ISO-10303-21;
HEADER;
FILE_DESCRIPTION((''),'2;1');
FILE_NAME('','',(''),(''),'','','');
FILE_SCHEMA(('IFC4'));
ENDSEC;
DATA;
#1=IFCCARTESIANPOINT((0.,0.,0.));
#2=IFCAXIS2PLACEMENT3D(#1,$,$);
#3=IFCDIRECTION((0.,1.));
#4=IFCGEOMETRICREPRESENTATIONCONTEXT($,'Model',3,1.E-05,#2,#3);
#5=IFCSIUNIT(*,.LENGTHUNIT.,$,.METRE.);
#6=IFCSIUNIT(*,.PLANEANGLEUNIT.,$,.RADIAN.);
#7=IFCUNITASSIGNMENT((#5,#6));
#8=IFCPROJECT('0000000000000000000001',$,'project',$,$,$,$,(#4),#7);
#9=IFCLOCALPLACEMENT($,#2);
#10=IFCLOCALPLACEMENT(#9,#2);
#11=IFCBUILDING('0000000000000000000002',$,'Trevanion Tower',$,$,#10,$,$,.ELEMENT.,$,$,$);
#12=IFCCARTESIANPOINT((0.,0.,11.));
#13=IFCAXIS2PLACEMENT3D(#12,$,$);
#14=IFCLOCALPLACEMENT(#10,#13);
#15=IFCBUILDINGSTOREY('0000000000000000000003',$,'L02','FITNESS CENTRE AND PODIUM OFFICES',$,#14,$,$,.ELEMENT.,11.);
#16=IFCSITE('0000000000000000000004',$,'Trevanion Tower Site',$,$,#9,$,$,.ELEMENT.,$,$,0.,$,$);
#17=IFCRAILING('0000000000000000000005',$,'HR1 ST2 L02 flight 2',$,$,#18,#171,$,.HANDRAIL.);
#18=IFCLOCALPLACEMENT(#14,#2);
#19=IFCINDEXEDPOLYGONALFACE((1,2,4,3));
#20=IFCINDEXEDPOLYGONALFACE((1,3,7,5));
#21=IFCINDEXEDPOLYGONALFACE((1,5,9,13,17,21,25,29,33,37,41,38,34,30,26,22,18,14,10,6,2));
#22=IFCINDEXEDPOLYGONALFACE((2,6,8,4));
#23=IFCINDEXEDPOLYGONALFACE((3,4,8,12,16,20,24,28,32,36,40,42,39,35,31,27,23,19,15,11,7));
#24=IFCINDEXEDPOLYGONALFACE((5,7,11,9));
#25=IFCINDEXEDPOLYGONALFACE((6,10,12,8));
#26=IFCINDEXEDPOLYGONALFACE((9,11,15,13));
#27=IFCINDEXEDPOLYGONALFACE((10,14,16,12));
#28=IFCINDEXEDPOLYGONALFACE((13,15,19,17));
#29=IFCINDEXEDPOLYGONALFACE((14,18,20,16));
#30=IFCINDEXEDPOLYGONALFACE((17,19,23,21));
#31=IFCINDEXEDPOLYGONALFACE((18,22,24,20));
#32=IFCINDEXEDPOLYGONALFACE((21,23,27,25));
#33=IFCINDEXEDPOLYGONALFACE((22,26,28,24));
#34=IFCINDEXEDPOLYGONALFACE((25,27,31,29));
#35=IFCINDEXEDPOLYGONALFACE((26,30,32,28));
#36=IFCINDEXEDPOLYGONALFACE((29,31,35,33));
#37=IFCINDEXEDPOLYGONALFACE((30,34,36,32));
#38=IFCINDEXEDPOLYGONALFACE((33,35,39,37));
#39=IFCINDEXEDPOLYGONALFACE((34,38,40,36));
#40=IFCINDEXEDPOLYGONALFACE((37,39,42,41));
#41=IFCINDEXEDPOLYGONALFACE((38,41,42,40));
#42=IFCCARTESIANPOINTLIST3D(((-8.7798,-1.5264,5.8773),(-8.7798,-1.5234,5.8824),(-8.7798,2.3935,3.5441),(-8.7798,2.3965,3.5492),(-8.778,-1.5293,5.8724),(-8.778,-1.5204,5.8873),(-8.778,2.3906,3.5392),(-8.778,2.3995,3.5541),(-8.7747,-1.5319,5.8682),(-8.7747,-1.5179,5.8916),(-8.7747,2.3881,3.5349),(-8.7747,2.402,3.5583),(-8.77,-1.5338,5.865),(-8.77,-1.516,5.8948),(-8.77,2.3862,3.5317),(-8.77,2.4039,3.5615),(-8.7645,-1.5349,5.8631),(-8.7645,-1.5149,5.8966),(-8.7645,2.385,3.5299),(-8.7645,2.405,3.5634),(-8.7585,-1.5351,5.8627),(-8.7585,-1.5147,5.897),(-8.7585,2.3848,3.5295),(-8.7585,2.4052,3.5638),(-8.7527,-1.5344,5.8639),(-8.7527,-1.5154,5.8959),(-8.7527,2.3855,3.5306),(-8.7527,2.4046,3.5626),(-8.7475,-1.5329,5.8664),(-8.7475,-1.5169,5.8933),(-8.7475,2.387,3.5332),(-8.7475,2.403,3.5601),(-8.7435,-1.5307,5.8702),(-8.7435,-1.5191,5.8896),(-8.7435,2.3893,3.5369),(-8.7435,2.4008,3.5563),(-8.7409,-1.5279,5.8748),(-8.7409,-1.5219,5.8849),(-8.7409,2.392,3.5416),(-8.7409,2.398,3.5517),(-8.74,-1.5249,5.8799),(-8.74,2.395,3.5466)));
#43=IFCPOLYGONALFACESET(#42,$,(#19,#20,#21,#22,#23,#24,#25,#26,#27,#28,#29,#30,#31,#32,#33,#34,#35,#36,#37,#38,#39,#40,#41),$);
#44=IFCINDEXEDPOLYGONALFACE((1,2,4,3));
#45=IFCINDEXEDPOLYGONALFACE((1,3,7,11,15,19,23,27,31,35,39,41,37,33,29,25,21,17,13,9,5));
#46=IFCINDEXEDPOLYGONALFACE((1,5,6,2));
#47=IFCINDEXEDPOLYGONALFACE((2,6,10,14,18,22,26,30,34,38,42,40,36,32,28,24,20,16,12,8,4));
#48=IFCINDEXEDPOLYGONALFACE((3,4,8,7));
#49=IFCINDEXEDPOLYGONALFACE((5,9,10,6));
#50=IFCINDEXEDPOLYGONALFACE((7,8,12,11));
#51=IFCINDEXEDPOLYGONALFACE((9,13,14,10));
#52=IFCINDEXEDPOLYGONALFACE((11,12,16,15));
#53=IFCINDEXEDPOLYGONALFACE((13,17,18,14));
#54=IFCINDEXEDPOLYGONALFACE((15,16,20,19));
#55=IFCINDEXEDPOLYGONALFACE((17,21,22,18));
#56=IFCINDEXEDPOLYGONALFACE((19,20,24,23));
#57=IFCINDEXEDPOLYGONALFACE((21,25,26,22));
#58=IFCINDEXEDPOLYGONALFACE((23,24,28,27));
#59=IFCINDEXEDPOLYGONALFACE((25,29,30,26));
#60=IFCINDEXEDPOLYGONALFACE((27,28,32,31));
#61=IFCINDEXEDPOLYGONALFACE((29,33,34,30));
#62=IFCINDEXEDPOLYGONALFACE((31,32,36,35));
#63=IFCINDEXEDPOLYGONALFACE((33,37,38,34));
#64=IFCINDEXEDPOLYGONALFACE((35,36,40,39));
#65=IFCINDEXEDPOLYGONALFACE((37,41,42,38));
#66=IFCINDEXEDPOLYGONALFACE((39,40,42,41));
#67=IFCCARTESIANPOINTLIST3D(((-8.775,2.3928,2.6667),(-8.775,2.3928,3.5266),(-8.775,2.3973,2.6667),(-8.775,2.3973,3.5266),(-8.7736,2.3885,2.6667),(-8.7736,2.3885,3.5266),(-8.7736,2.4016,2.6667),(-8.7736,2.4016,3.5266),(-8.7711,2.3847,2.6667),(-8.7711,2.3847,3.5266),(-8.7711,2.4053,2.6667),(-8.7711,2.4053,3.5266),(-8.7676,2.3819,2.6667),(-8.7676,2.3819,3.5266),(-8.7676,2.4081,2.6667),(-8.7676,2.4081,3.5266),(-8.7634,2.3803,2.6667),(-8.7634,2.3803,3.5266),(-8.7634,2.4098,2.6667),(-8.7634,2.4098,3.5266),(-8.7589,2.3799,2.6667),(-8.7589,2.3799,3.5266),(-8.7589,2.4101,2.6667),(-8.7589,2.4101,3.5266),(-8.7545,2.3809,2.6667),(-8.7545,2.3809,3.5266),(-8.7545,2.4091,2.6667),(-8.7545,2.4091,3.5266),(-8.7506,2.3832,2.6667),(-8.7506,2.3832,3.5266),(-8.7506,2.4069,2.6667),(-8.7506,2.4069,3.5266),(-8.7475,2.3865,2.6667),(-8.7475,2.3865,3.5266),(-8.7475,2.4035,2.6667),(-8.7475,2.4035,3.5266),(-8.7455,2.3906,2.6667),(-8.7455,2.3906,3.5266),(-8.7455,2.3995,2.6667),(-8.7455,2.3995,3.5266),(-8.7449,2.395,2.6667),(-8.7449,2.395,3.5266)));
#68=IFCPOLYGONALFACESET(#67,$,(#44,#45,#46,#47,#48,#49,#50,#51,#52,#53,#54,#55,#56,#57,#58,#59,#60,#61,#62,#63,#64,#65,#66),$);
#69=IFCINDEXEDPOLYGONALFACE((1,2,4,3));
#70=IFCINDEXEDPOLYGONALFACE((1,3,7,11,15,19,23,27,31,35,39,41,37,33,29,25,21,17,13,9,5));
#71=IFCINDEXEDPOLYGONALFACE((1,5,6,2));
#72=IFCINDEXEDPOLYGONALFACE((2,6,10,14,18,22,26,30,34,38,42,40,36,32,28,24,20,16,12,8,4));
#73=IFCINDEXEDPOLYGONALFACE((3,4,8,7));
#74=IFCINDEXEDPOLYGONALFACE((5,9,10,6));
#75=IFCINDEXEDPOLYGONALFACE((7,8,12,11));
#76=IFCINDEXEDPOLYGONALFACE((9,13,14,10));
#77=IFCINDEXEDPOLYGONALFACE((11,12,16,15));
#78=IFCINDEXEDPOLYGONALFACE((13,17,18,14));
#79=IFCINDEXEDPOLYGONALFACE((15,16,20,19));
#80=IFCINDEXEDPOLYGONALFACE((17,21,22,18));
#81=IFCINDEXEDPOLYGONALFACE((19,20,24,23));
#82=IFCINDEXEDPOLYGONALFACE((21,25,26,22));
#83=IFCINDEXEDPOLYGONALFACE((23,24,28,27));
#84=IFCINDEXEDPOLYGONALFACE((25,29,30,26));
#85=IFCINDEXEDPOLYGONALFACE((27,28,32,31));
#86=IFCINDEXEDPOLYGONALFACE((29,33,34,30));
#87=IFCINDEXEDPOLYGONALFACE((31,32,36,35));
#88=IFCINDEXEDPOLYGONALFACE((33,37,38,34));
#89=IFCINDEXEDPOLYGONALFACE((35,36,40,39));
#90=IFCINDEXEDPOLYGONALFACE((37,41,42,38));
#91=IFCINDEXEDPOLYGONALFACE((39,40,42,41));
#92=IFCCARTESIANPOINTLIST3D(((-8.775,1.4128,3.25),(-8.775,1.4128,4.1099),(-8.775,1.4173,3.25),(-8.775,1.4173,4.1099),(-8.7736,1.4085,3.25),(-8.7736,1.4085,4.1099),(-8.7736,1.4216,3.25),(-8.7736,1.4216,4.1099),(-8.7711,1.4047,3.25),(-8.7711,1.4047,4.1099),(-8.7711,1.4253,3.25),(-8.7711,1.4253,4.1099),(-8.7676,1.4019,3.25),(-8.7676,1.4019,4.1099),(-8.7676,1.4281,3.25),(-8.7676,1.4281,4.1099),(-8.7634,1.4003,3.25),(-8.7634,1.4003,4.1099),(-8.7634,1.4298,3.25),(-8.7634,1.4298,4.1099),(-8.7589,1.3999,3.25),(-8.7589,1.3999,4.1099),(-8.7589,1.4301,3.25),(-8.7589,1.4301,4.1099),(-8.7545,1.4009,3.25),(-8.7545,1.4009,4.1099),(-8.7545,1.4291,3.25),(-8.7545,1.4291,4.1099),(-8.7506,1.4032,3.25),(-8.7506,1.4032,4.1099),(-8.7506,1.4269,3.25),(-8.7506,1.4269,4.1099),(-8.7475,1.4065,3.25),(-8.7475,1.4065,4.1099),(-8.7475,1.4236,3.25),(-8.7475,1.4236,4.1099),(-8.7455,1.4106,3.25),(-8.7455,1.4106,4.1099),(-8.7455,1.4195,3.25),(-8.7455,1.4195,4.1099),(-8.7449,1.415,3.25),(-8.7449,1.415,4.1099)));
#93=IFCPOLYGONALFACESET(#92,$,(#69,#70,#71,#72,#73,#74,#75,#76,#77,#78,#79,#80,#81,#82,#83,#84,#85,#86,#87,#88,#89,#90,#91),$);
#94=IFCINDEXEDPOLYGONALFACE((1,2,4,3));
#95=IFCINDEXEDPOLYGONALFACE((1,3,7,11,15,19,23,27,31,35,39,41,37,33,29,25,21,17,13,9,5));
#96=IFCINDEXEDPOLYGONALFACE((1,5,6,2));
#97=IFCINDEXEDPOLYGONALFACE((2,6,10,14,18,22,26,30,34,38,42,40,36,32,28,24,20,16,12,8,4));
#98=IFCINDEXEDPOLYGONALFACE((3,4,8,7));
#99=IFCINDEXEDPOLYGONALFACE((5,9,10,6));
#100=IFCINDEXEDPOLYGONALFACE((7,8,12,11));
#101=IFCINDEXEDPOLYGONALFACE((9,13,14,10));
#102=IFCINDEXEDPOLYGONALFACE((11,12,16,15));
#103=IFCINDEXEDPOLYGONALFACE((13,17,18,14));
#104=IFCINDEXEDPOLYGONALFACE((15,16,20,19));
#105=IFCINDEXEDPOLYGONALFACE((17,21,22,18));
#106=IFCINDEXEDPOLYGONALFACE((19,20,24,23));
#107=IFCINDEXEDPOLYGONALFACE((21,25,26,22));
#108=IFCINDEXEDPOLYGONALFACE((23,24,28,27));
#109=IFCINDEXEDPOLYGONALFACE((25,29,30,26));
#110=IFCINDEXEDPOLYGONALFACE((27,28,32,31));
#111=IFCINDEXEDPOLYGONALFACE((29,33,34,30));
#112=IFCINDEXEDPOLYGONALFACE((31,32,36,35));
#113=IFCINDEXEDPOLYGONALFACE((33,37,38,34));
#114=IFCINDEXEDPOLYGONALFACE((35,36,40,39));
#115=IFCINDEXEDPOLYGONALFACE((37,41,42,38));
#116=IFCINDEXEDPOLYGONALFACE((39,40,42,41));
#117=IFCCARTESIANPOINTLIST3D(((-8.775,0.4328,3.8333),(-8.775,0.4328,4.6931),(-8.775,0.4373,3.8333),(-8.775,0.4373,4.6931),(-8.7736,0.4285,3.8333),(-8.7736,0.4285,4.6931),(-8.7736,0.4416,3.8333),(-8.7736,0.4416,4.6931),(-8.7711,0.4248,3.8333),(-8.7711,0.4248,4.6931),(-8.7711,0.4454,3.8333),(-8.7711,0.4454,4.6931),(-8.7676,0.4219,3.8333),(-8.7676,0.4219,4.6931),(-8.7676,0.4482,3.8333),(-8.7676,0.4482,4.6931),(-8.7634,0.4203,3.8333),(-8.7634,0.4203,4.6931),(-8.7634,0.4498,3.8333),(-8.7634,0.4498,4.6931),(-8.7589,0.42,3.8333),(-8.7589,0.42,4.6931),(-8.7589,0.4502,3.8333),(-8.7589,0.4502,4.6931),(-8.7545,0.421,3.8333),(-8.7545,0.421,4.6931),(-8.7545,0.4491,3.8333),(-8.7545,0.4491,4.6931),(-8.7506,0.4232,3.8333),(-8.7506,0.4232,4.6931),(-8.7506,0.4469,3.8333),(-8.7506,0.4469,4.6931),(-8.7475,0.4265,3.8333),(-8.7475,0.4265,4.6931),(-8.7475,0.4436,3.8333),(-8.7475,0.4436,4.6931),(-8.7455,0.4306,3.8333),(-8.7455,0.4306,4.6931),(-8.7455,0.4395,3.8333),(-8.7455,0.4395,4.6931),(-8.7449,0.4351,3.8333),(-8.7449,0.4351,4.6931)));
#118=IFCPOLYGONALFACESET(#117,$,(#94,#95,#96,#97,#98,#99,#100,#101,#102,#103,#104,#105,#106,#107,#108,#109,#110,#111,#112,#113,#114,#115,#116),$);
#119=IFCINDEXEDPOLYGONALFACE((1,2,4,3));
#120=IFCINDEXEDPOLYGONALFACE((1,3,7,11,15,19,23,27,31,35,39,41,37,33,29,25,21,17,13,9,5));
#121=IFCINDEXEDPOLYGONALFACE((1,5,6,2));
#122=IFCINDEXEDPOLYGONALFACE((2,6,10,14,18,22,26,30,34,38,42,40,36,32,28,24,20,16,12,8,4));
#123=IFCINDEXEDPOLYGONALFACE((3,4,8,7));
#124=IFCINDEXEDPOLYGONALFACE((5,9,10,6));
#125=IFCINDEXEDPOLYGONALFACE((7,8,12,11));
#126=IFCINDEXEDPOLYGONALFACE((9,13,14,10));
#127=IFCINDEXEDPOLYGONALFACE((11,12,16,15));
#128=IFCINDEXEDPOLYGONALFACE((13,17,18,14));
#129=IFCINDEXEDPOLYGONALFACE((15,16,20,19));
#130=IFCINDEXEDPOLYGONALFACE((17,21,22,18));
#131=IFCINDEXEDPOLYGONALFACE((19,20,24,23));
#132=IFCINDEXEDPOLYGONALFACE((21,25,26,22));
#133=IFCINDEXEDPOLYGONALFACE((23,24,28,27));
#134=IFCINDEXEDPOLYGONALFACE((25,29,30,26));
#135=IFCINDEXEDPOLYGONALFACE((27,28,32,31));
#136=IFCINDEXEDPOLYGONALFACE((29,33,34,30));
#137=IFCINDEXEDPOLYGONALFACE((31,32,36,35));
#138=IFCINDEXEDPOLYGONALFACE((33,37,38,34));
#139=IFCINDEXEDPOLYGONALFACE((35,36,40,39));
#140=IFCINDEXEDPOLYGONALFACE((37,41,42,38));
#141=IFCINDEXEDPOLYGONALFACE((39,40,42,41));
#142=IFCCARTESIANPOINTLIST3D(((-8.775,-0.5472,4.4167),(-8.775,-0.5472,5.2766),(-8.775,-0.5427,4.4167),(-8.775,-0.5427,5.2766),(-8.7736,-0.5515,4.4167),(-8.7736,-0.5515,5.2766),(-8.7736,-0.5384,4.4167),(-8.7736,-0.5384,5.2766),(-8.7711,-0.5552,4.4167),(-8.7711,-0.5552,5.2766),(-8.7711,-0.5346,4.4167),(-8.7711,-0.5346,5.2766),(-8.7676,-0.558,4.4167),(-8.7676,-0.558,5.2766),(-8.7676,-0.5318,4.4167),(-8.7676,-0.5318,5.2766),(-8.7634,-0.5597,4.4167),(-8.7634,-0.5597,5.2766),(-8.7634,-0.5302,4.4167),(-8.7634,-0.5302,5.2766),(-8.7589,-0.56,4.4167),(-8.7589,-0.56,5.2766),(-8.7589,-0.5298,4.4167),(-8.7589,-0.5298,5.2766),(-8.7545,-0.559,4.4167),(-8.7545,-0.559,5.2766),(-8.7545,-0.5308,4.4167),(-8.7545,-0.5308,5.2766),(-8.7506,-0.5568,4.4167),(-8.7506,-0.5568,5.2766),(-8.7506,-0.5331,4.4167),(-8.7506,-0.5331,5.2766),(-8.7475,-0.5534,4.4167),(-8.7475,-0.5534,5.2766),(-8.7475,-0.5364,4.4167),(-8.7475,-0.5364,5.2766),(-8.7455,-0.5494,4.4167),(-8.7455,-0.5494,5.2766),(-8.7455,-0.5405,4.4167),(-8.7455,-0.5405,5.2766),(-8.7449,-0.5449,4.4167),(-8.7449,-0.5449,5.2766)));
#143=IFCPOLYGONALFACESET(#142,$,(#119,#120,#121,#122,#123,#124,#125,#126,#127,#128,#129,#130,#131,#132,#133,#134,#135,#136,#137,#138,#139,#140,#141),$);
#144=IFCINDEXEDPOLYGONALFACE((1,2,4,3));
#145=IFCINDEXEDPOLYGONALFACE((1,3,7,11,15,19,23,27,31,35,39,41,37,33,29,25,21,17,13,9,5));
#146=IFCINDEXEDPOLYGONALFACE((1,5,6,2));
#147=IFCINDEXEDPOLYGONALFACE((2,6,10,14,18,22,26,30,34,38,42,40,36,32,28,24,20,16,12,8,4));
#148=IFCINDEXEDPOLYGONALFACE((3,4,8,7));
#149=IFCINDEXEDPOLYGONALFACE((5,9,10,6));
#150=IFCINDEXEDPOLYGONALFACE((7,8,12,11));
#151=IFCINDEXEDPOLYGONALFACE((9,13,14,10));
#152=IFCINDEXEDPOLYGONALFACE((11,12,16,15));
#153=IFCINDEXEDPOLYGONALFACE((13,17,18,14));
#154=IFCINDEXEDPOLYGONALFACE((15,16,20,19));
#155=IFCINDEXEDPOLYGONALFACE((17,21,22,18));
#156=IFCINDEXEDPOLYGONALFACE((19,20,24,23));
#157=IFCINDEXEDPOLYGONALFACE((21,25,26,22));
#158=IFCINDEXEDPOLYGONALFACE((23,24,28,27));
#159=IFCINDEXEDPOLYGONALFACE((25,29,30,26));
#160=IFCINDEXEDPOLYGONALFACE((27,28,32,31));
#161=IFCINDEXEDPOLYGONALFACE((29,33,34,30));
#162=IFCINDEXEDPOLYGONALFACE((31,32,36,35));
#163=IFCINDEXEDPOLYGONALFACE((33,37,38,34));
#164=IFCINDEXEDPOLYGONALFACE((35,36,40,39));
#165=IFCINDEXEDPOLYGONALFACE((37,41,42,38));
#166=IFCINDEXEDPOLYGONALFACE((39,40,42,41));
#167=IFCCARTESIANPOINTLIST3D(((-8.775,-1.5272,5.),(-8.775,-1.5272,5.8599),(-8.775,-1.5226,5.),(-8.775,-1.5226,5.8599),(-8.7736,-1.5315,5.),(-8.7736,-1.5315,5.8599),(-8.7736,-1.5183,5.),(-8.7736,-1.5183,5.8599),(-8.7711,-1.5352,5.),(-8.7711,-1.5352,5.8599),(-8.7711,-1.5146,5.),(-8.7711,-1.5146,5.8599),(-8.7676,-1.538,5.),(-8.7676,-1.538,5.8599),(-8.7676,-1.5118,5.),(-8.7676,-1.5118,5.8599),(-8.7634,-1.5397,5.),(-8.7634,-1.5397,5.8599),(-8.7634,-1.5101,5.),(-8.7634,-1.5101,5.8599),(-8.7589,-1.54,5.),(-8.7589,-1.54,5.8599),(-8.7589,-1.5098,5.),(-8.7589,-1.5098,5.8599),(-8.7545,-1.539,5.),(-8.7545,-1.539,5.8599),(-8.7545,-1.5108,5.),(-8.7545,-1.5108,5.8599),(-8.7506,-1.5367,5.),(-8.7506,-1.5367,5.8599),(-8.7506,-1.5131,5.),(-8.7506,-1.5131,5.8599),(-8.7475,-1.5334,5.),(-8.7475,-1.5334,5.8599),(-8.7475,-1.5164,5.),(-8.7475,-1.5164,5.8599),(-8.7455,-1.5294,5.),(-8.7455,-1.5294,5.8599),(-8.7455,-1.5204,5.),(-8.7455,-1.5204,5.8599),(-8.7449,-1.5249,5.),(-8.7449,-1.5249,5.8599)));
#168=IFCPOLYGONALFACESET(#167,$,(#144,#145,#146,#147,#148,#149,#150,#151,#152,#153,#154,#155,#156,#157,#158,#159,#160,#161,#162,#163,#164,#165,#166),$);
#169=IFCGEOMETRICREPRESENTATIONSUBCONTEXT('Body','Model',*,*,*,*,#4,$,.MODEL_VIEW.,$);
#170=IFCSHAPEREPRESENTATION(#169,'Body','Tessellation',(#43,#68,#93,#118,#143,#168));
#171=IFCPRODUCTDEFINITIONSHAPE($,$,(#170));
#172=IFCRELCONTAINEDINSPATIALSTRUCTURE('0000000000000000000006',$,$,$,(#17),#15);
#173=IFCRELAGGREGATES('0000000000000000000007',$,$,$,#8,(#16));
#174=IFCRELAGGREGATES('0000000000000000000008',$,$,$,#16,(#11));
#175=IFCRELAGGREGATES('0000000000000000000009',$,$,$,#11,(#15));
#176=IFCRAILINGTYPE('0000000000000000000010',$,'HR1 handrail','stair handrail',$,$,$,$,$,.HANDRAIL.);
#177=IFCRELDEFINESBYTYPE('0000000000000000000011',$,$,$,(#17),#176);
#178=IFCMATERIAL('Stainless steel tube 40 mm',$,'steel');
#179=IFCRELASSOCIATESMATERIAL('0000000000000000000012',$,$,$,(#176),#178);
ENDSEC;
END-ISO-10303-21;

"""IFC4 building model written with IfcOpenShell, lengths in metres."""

from ifc_helpers import new_model, si_unit, direction, frame, origin, origin_2d, place, context, subcontext, project, spatial, circle, extrude, material, type_object, element, save


model = new_model("IFC4")

# Units and contexts
model_context = context("Model", 3, precision=1e-05, world=origin(), true_north=direction((0.0, 1.0)))
body_context = subcontext(model_context, "Body", "Model", "MODEL_VIEW")
ifc_project = project(units=[si_unit("LENGTHUNIT", "METRE"), si_unit("PLANEANGLEUNIT", "RADIAN")], contexts=[model_context])

# Site, building, storey
site_placement = place(None, origin())
site = spatial("IfcSite", under=ifc_project, at=site_placement, Name="Trevanion Tower Site", CompositionType="ELEMENT", RefElevation=0.0)
building_placement = place(site_placement, origin())
building = spatial("IfcBuilding", under=site, at=building_placement, Name="Trevanion Tower", CompositionType="ELEMENT")
storey_placement = place(building_placement, frame((0.0, 0.0, 11.0)))
storey = spatial("IfcBuildingStorey", under=building, at=storey_placement, Name="L02", Description="FITNESS CENTRE AND PODIUM OFFICES", CompositionType="ELEMENT", Elevation=11.0)

# Railing
ifc_material_1 = material(Name="Stainless steel tube 40 mm", Category="steel")
railing_type = type_object("IfcRailingType", Name="HR1 handrail", Description="stair handrail", PredefinedType="HANDRAIL", material=ifc_material_1)
for number, where, name in (
    (1, (-8.76, 2.395, 2.6667), "HR1 ST2 L02 flight 2"),
):
    element("IfcRailing", number, at=place(storey_placement, frame(where)), inside=storey, type_object=railing_type, Name=name, PredefinedType="HANDRAIL", context=body_context, shape_type="SweptSolid", body=[
        extrude(circle(Radius=0.02, at=origin_2d()), frame((0.0, 0.0, 0.8799), z_axis=(0.0, -0.859296, 0.511478), x_axis=(1.0, 0.0, 0.0)), (0.0, 0.0, 1.0), 4.5618),
        extrude(circle(Radius=0.0151, at=origin_2d()), origin(), (0.0, 0.0, 1.0), 0.8599),
        extrude(circle(Radius=0.0151, at=origin_2d()), frame((0.0, -0.98, 0.5833)), (0.0, 0.0, 1.0), 0.8599),
        extrude(circle(Radius=0.0151, at=origin_2d()), frame((0.0, -1.96, 1.1665)), (0.0, 0.0, 1.0), 0.8599),
        extrude(circle(Radius=0.0151, at=origin_2d()), frame((0.0, -2.9399, 1.75)), (0.0, 0.0, 1.0), 0.8599),
        extrude(circle(Radius=0.0151, at=origin_2d()), frame((0.0, -3.9199, 2.3333)), (0.0, 0.0, 1.0), 0.8599),
    ])

save(model, "model.ifc")
